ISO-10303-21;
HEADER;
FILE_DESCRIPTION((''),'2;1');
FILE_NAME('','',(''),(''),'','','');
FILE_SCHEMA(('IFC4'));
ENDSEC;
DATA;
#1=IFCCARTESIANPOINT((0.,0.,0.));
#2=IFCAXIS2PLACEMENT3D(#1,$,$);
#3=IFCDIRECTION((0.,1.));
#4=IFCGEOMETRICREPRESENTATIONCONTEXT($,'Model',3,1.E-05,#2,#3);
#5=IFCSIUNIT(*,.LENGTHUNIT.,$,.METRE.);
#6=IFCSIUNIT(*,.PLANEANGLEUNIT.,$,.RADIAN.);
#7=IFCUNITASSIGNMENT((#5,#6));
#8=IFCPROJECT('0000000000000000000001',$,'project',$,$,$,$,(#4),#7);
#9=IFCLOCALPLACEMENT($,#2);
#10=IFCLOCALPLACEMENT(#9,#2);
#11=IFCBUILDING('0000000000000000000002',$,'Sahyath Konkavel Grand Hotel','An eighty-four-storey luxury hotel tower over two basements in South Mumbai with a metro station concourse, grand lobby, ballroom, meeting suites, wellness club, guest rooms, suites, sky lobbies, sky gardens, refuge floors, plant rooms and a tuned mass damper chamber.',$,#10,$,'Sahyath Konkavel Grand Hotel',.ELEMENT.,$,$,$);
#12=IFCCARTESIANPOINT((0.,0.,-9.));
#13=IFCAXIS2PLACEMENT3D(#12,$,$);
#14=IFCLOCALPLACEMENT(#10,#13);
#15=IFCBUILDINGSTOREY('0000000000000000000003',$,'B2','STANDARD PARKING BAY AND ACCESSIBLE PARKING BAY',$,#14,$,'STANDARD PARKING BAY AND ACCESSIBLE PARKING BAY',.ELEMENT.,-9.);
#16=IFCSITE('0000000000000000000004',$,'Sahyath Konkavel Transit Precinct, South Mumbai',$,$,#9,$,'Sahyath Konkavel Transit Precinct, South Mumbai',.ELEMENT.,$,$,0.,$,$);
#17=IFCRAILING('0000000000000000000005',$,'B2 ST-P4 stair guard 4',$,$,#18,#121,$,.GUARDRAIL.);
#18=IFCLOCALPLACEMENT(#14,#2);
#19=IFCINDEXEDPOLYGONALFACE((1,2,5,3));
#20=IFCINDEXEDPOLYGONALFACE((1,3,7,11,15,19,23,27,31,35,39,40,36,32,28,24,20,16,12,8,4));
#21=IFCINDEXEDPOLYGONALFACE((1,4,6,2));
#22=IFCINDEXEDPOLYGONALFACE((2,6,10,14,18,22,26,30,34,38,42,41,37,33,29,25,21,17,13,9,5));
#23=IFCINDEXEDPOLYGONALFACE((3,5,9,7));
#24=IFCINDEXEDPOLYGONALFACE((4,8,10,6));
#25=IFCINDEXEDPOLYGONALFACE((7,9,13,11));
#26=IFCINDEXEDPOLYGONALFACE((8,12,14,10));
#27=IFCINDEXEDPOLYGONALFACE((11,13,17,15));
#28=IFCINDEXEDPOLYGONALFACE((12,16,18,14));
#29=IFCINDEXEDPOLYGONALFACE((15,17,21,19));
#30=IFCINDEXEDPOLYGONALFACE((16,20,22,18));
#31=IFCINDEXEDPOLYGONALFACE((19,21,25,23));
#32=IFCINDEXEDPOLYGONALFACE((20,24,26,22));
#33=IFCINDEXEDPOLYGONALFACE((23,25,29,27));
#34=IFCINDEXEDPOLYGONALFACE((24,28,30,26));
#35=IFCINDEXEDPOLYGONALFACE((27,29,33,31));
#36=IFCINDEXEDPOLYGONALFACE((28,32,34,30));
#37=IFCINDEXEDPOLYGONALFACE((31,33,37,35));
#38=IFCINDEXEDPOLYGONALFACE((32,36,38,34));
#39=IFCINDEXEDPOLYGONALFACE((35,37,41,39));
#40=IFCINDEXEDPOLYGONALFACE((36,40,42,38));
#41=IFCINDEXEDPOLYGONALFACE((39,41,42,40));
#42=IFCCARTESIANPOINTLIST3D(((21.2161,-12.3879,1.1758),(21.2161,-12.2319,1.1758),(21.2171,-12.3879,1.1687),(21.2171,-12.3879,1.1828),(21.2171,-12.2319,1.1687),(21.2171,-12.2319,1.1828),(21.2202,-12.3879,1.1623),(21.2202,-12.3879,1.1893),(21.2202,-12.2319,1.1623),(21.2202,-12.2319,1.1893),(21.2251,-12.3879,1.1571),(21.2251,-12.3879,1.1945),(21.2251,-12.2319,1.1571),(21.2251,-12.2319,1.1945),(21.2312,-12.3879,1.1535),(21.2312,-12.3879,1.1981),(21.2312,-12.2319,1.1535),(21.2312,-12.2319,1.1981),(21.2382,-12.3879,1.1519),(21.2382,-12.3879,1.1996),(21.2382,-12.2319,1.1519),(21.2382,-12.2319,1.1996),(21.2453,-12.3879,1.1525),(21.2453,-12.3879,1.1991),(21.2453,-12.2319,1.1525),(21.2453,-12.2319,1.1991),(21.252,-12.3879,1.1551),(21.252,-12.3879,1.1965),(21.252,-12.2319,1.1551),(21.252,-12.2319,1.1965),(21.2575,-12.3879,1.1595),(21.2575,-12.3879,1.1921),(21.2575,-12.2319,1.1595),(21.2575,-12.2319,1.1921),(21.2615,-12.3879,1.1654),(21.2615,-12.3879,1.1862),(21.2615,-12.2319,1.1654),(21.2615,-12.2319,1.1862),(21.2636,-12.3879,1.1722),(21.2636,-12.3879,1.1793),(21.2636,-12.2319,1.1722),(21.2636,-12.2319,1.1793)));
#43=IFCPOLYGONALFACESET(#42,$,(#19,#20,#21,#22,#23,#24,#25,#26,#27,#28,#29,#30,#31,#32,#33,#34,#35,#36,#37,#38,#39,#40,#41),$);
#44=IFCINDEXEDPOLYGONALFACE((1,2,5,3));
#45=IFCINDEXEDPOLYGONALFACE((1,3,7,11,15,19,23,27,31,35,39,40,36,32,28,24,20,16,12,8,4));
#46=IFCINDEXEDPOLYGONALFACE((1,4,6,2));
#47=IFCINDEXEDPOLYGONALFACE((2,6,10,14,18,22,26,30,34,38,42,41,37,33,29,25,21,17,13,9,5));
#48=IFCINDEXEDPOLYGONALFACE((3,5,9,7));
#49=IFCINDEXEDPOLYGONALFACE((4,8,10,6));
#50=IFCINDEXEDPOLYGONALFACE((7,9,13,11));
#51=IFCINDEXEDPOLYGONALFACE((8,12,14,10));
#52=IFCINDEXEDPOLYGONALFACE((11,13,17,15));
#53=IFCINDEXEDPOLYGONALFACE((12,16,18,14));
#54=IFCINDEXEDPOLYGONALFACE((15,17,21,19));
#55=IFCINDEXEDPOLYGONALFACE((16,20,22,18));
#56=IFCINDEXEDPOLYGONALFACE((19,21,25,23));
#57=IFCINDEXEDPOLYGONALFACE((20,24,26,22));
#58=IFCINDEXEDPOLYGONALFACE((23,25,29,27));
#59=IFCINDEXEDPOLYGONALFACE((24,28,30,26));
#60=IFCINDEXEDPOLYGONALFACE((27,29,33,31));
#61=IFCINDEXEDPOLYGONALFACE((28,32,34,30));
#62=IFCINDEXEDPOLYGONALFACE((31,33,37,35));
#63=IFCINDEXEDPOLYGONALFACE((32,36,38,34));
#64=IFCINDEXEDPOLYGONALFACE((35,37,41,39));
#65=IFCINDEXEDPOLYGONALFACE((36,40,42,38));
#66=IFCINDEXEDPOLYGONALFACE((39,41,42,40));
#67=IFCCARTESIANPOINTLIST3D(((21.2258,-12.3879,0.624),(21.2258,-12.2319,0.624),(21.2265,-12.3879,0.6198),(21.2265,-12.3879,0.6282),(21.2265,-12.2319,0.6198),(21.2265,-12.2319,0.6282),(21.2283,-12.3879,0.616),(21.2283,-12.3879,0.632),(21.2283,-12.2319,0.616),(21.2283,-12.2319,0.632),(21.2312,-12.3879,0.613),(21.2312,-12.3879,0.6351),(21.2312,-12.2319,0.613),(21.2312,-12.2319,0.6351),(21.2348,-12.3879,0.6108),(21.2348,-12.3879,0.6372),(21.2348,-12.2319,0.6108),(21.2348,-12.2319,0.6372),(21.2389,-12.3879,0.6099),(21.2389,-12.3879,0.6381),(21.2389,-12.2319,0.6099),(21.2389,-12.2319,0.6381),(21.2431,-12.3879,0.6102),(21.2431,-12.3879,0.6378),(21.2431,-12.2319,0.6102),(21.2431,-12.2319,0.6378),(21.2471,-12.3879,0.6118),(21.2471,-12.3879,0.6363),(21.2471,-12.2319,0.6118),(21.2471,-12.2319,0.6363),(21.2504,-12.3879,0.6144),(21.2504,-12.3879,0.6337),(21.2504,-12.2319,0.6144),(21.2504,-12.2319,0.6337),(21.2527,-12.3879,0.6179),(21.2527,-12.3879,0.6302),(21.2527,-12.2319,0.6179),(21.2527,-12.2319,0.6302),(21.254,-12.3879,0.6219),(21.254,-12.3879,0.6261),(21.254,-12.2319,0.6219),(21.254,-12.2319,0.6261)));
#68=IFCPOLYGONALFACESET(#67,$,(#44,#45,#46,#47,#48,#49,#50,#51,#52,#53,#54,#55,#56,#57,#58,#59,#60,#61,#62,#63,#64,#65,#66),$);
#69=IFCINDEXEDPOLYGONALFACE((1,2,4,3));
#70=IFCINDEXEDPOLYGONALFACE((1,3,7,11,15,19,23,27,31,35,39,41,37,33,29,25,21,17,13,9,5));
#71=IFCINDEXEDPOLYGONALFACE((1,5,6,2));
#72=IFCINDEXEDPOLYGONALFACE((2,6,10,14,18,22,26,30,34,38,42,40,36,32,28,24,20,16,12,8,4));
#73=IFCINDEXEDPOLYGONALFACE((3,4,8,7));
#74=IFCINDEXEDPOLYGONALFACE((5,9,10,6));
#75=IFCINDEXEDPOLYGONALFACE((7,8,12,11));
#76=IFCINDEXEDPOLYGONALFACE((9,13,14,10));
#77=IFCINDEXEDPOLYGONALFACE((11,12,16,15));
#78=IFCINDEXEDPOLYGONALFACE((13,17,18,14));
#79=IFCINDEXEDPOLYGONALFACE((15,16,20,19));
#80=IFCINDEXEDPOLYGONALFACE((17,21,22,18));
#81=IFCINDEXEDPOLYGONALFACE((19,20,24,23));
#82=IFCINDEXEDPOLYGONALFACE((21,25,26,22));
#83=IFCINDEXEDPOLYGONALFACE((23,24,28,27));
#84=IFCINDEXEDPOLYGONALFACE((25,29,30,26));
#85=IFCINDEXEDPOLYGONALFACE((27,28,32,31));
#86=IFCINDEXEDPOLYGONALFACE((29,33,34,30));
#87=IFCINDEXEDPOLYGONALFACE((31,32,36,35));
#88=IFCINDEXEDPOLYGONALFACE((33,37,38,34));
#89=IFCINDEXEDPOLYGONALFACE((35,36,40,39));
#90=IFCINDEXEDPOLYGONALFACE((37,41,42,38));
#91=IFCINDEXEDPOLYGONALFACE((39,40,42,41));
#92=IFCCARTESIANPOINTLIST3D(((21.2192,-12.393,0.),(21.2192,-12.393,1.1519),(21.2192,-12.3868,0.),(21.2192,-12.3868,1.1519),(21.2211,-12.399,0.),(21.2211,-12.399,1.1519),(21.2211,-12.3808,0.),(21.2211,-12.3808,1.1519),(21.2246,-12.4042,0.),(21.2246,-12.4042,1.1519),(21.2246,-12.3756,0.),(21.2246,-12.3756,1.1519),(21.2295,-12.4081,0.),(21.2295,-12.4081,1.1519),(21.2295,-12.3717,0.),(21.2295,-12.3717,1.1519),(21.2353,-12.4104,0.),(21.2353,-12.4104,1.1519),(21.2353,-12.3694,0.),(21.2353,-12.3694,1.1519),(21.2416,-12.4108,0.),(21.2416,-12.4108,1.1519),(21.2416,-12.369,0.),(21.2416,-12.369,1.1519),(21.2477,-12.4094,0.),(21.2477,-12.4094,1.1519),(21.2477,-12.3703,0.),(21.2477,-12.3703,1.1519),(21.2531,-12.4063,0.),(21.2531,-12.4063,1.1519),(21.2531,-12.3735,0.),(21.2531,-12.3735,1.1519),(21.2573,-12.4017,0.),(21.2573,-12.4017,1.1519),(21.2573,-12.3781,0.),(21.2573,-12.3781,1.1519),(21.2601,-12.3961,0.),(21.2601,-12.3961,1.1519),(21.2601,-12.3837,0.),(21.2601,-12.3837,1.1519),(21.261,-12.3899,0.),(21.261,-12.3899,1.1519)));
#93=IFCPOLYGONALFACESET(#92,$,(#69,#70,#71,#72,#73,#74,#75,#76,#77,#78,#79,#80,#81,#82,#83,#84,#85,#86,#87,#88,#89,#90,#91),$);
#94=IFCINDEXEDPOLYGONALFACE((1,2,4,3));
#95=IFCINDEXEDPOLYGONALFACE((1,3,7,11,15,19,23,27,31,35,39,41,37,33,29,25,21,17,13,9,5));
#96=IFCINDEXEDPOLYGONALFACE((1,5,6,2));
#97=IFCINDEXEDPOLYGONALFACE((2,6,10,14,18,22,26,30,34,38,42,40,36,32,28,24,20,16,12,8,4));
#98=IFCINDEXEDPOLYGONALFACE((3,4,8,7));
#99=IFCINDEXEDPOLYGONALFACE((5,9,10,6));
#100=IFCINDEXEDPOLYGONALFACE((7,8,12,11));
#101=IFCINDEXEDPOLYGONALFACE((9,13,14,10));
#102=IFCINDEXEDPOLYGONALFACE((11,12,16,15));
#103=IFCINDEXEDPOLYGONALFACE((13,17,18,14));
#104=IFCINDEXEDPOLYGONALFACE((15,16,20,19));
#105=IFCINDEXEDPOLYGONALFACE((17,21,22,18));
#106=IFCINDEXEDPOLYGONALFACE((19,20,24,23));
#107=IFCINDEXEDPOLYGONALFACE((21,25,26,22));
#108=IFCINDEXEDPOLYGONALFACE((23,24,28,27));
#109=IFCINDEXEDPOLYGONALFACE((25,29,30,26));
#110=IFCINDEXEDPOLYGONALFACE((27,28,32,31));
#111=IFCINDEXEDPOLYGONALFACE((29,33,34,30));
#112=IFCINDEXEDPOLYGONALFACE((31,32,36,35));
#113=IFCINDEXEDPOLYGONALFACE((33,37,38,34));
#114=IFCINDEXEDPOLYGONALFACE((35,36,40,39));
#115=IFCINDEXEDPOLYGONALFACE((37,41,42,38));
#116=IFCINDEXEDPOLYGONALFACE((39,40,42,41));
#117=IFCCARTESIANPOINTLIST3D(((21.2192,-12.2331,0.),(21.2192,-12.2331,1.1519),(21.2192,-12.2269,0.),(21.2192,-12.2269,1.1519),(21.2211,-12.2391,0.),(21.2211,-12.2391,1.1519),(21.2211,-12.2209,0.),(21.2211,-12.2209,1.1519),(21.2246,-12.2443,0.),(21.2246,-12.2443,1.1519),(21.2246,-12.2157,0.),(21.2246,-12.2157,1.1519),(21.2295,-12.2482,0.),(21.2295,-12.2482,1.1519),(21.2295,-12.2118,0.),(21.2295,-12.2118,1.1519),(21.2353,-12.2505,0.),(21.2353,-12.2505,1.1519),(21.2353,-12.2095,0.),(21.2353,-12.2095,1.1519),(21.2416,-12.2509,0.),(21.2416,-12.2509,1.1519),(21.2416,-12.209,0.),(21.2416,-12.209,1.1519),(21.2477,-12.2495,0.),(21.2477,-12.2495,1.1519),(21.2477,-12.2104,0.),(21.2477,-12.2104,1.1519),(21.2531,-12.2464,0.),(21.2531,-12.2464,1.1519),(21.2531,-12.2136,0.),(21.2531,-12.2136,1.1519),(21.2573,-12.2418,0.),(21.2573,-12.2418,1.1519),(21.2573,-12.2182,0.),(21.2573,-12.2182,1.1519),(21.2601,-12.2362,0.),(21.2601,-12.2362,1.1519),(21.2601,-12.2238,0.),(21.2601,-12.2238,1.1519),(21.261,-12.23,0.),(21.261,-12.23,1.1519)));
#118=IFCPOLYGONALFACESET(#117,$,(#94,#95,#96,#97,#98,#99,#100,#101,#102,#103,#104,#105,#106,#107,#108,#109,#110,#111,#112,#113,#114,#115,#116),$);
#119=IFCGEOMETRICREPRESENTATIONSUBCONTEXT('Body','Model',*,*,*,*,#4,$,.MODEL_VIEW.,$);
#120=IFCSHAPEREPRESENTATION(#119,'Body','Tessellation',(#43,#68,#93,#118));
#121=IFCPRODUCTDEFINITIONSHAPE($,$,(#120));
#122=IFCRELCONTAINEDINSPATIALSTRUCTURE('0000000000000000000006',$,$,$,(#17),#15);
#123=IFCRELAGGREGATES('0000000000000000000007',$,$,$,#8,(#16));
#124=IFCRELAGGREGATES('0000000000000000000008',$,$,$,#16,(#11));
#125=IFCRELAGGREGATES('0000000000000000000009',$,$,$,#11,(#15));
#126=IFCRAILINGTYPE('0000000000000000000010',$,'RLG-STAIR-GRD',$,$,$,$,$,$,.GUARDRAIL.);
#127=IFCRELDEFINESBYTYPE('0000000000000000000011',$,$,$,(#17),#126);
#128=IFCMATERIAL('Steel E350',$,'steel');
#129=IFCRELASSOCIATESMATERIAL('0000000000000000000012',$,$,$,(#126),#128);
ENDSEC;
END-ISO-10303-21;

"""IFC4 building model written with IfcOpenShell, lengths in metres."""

from ifc_helpers import new_model, si_unit, direction, frame, origin, origin_2d, place, context, subcontext, project, spatial, circle, extrude, material, type_object, element, save


model = new_model("IFC4")

# Units and contexts
model_context = context("Model", 3, precision=1e-05, world=origin(), true_north=direction((0.0, 1.0)))
body_context = subcontext(model_context, "Body", "Model", "MODEL_VIEW")
ifc_project = project(units=[si_unit("LENGTHUNIT", "METRE"), si_unit("PLANEANGLEUNIT", "RADIAN")], contexts=[model_context])

# Site, building, storey
site_placement = place(None, origin())
site = spatial("IfcSite", under=ifc_project, at=site_placement, Name="Sahyath Konkavel Transit Precinct, South Mumbai", LongName="Sahyath Konkavel Transit Precinct, South Mumbai", CompositionType="ELEMENT", RefElevation=0.0)
building_placement = place(site_placement, origin())
building = spatial("IfcBuilding", under=site, at=building_placement, Name="Sahyath Konkavel Grand Hotel", Description="An eighty-four-storey luxury hotel tower over two basements in South Mumbai with a metro station concourse, grand lobby, ballroom, meeting suites, wellness club, guest rooms, suites, sky lobbies, sky gardens, refuge floors, plant rooms and a tuned mass damper chamber.", LongName="Sahyath Konkavel Grand Hotel", CompositionType="ELEMENT")
storey_placement = place(building_placement, frame((0.0, 0.0, -9.0)))
storey = spatial("IfcBuildingStorey", under=building, at=storey_placement, Name="B2", Description="STANDARD PARKING BAY AND ACCESSIBLE PARKING BAY", LongName="STANDARD PARKING BAY AND ACCESSIBLE PARKING BAY", CompositionType="ELEMENT", Elevation=-9.0)

# Shared definitions
ifc_material_1 = material(Name="Steel E350", Category="steel")

# Railing
railing_type_1 = type_object("IfcRailingType", Name="RLG-STAIR-GRD", PredefinedType="GUARDRAIL", material=ifc_material_1)
railing_1_placement = place(storey_placement, frame((21.24, -12.3899, 0.0)))
element("IfcRailing", 1, at=railing_1_placement, inside=storey, type_object=railing_type_1, Name="B2 ST-P4 stair guard 4", PredefinedType="GUARDRAIL", context=body_context, shape_type="SweptSolid", body=[
    extrude(circle(Radius=0.0239, at=origin_2d()), frame((0.0, 0.002, 1.1758), z_axis=(0.0, 1.0, 0.0), x_axis=(-1.0, 0.0, 0.0)), (0.0, 0.0, 1.0), 0.156),
    extrude(circle(Radius=0.0142, at=origin_2d()), frame((0.0, 0.002, 0.624), z_axis=(0.0, 1.0, 0.0), x_axis=(-1.0, 0.0, 0.0)), (0.0, 0.0, 1.0), 0.156),
    extrude(circle(Radius=0.021, at=origin_2d()), origin(), (0.0, 0.0, 1.0), 1.1519),
    extrude(circle(Radius=0.021, at=origin_2d()), frame((0.0, 0.1599, 0.0)), (0.0, 0.0, 1.0), 1.1519),
])

save(model, "model.ifc")
